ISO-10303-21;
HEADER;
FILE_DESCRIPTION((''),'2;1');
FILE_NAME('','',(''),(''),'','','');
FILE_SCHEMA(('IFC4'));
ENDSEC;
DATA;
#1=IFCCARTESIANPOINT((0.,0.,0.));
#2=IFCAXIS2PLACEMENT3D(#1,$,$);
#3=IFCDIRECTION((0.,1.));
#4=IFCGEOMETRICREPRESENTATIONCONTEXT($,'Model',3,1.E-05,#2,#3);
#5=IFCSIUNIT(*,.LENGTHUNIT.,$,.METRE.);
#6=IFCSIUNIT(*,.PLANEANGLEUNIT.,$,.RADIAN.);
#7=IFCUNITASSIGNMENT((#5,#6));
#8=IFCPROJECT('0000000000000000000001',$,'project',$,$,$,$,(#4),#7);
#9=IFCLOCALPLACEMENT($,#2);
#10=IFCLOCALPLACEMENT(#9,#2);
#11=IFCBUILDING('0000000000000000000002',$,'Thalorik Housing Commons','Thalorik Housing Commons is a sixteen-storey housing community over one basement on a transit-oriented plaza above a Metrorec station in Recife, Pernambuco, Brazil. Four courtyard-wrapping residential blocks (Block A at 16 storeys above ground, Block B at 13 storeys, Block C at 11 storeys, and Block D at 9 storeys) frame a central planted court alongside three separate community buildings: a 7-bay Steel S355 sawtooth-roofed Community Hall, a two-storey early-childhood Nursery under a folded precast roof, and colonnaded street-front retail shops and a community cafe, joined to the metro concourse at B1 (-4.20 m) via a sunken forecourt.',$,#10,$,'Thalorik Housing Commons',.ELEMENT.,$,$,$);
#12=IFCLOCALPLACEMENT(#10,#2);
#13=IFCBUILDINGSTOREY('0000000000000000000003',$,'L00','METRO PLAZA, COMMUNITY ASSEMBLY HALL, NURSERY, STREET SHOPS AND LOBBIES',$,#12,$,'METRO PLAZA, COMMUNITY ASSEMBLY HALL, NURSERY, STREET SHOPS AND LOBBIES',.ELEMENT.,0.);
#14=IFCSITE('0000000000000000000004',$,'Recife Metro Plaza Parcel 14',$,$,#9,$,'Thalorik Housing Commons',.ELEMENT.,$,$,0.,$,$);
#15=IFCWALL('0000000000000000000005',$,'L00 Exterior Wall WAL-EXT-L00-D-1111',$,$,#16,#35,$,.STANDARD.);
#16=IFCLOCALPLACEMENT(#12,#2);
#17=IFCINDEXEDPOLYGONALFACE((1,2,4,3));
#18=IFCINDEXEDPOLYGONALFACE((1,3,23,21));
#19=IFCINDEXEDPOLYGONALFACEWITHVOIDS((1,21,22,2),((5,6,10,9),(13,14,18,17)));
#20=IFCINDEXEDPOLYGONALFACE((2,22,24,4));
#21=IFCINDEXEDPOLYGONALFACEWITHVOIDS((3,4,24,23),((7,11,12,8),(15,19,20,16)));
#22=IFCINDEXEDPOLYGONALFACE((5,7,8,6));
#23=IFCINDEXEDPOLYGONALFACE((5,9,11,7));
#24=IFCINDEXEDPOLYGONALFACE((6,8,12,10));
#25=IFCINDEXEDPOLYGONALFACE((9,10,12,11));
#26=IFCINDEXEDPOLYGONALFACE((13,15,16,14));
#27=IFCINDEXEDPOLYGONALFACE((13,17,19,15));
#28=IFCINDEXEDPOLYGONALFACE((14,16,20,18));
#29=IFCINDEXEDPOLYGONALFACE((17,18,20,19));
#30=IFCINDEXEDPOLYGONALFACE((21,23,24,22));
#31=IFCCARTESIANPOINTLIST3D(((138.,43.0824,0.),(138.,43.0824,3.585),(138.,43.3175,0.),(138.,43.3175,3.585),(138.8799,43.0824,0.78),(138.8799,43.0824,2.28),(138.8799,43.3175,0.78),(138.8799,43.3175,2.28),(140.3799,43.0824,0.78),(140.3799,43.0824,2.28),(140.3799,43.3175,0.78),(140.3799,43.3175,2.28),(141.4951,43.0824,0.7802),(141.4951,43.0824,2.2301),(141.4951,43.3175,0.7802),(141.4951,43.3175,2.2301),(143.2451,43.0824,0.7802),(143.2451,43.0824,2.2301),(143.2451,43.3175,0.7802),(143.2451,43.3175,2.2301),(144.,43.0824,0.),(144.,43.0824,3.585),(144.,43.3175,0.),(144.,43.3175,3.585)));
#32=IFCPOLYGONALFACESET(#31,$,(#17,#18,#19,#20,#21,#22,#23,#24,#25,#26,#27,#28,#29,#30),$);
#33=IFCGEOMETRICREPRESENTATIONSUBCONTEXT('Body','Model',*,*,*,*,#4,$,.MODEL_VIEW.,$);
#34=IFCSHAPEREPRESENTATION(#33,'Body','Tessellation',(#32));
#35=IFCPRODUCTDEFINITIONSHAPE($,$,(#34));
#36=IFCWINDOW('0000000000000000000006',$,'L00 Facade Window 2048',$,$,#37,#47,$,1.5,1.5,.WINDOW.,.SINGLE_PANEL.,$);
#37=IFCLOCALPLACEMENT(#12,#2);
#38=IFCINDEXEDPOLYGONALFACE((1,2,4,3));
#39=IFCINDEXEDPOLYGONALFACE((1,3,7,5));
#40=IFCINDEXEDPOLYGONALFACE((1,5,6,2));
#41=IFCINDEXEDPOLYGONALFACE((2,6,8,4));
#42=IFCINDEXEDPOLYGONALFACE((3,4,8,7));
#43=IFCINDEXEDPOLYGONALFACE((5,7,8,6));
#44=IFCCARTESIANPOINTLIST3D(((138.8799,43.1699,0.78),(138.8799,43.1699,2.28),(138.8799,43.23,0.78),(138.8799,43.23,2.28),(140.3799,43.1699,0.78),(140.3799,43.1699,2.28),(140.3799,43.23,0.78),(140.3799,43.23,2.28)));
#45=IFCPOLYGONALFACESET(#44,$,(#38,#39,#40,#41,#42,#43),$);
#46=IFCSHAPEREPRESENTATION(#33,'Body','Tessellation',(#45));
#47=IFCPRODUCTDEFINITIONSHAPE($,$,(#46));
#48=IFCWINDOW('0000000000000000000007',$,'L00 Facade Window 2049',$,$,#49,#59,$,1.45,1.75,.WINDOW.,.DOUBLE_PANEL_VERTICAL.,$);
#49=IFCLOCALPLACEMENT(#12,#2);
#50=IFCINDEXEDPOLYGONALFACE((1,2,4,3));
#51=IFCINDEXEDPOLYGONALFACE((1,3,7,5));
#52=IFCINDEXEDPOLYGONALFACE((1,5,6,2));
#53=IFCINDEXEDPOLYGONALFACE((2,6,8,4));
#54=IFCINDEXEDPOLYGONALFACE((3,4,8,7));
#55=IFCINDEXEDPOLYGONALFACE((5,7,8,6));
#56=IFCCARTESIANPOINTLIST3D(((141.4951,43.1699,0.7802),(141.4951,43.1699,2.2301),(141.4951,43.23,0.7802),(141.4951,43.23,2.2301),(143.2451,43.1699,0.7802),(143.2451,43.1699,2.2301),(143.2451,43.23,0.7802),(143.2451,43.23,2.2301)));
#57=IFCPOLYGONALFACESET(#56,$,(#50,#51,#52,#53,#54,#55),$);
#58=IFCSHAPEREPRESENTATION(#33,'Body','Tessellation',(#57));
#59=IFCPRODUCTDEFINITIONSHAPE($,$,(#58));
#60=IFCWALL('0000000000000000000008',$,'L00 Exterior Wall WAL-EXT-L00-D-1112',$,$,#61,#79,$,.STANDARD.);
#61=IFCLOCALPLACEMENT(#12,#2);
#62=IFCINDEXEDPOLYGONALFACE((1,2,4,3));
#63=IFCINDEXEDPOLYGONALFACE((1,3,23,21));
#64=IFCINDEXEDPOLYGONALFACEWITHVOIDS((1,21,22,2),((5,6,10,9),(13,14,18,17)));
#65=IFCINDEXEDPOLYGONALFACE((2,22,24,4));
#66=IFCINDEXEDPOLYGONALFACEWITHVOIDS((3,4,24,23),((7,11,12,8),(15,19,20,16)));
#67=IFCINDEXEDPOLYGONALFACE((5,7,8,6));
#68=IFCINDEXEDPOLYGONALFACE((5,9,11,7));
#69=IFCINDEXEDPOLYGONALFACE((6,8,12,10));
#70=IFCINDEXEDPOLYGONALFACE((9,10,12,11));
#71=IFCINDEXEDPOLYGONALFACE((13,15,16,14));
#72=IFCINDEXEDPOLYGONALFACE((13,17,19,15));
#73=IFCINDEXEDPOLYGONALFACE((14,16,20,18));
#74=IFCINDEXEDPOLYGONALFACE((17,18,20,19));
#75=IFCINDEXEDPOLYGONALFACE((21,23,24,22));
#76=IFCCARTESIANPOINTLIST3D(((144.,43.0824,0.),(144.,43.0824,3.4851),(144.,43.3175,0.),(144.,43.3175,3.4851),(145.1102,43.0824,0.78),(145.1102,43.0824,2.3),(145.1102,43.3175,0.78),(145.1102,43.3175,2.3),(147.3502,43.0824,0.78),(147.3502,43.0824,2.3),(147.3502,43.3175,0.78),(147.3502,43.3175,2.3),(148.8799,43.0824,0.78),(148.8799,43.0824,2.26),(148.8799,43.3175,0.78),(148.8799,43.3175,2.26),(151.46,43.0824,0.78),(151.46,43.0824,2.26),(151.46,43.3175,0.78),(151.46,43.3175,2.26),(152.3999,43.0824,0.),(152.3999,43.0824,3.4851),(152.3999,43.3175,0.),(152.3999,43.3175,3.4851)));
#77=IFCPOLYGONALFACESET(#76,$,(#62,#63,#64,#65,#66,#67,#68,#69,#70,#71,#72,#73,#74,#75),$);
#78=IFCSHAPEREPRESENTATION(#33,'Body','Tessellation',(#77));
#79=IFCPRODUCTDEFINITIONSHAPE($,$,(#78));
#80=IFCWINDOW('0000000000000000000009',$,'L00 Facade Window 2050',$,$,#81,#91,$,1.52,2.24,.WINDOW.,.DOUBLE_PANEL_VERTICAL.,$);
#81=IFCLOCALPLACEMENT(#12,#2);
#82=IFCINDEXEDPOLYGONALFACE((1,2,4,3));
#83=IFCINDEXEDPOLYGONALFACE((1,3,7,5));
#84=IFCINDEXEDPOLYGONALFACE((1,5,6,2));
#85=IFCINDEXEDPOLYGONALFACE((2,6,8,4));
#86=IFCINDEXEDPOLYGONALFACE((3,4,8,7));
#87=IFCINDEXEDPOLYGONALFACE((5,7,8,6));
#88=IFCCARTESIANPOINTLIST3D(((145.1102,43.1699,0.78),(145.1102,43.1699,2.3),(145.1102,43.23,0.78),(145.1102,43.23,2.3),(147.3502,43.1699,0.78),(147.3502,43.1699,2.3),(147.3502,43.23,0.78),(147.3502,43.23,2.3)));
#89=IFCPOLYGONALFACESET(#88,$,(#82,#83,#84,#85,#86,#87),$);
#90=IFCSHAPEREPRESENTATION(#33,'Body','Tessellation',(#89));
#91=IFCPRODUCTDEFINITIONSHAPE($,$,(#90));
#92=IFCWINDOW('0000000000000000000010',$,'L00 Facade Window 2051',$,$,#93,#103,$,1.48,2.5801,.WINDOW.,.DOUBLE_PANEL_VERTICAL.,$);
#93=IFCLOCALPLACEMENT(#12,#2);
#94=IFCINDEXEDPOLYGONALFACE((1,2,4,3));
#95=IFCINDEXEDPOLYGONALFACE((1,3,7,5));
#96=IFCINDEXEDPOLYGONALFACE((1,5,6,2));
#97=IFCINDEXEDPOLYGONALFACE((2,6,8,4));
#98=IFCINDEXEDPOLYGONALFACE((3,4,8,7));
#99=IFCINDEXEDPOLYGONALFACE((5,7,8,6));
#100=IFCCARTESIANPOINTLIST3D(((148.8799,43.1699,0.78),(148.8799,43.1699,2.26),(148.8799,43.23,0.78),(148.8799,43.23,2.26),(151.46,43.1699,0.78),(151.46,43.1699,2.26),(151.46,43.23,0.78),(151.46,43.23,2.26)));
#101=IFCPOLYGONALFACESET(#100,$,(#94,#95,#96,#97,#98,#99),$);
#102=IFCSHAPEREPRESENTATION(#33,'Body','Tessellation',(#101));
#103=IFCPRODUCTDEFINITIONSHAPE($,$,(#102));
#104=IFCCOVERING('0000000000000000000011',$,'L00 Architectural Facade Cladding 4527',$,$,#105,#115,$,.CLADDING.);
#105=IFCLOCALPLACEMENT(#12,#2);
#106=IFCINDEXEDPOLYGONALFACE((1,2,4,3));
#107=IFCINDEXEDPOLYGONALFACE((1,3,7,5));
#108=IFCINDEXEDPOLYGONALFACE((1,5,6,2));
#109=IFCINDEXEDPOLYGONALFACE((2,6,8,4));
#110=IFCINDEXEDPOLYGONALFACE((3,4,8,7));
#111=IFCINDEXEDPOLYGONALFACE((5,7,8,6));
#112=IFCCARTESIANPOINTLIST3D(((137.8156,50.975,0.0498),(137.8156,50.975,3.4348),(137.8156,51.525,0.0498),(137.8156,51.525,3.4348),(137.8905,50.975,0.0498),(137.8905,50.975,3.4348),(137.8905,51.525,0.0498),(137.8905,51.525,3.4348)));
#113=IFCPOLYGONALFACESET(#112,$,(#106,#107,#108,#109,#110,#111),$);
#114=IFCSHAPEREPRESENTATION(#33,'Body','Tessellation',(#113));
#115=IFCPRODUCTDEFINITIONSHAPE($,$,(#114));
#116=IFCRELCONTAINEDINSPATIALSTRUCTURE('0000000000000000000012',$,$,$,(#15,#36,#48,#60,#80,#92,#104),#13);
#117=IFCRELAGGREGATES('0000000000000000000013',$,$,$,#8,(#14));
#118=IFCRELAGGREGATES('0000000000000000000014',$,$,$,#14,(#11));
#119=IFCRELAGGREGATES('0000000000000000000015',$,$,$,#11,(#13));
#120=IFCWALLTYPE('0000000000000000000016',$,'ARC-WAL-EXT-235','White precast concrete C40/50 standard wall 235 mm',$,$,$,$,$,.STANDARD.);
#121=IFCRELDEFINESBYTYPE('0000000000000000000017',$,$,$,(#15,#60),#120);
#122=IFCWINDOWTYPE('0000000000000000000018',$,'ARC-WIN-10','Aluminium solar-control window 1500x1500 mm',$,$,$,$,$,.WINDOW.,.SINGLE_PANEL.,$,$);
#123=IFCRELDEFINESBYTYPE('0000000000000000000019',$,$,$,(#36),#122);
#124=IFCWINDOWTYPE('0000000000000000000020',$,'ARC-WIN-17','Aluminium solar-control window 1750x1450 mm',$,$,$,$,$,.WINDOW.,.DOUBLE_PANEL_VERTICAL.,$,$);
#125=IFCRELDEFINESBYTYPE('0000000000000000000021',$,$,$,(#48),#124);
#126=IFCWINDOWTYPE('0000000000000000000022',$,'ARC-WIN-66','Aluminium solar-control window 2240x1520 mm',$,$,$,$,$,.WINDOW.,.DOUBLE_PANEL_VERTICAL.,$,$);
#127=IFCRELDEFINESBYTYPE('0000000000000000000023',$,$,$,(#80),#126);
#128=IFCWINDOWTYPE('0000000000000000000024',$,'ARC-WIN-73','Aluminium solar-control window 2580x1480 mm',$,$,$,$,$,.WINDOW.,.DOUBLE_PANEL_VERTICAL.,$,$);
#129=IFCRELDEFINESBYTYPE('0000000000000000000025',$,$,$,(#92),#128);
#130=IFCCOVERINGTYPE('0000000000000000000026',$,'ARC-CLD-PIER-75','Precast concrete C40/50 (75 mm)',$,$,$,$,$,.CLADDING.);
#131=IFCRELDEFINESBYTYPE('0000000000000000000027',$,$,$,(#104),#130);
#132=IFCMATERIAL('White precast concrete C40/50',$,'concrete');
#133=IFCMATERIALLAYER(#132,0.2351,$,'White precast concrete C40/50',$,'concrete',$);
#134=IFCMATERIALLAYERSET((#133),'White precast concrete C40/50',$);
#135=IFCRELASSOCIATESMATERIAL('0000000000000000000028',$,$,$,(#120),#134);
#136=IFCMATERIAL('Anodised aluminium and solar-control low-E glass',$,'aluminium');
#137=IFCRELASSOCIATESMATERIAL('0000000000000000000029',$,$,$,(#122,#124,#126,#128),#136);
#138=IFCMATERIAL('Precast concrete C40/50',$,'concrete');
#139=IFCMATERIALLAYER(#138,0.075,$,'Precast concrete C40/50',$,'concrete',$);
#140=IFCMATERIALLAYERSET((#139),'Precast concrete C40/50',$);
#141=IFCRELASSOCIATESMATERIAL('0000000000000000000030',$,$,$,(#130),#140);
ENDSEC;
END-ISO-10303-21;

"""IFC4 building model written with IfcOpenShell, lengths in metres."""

from ifc_helpers import new_model, si_unit, direction, frame, frame_2d, origin, origin_2d, place, context, subcontext, project, spatial, rectangle, extrude, material, layer, layer_set, type_object, element, fill, save


model = new_model("IFC4")

# Units and contexts
model_context = context("Model", 3, precision=1e-05, world=origin(), true_north=direction((0.0, 1.0)))
body_context = subcontext(model_context, "Body", "Model", "MODEL_VIEW")
ifc_project = project(units=[si_unit("LENGTHUNIT", "METRE"), si_unit("PLANEANGLEUNIT", "RADIAN")], contexts=[model_context])

# Site, building, storey
site_placement = place(None, origin())
site = spatial("IfcSite", under=ifc_project, at=site_placement, Name="Recife Metro Plaza Parcel 14", LongName="Thalorik Housing Commons", CompositionType="ELEMENT", RefElevation=0.0)
building_placement = place(site_placement, origin())
building = spatial("IfcBuilding", under=site, at=building_placement, Name="Thalorik Housing Commons", Description="Thalorik Housing Commons is a sixteen-storey housing community over one basement on a transit-oriented plaza above a Metrorec station in Recife, Pernambuco, Brazil. Four courtyard-wrapping residential blocks (Block A at 16 storeys above ground, Block B at 13 storeys, Block C at 11 storeys, and Block D at 9 storeys) frame a central planted court alongside three separate community buildings: a 7-bay Steel S355 sawtooth-roofed Community Hall, a two-storey early-childhood Nursery under a folded precast roof, and colonnaded street-front retail shops and a community cafe, joined to the metro concourse at B1 (-4.20 m) via a sunken forecourt.", LongName="Thalorik Housing Commons", CompositionType="ELEMENT")
storey_placement = place(building_placement, origin())
storey = spatial("IfcBuildingStorey", under=building, at=storey_placement, Name="L00", Description="METRO PLAZA, COMMUNITY ASSEMBLY HALL, NURSERY, STREET SHOPS AND LOBBIES", LongName="METRO PLAZA, COMMUNITY ASSEMBLY HALL, NURSERY, STREET SHOPS AND LOBBIES", CompositionType="ELEMENT", Elevation=0.0)

# Shared definitions
ifc_material_1 = material(Name="Precast concrete C40/50", Category="concrete")

# Walls, openings, windows
ifc_material_2 = material(Name="White precast concrete C40/50", Category="concrete")
ifc_layer_1 = layer(ifc_material_2, 0.2351, Name="White precast concrete C40/50", Category="concrete")
ifc_layer_set_1 = layer_set([ifc_layer_1], Name="White precast concrete C40/50")
wall_type = type_object("IfcWallType", Name="ARC-WAL-EXT-235", Description="White precast concrete C40/50 standard wall 235 mm", PredefinedType="STANDARD", material=ifc_layer_set_1)
ifc_material_3 = material(Name="Anodised aluminium and solar-control low-E glass", Category="aluminium")
wall_1_placement = place(storey_placement, frame((138.0, 43.2, 0.0), z_axis=(0.0, 0.0, 1.0), x_axis=(1.0, 0.0, 0.0)))
wall_1 = element("IfcWall", 1, at=wall_1_placement, inside=storey, type_object=wall_type, Name="L00 Exterior Wall WAL-EXT-L00-D-1111", PredefinedType="STANDARD", context=body_context, shape_type="SweptSolid", body=[
    extrude(rectangle(XDim=6.0, YDim=0.2351, at=frame_2d((3.0, 0.0))), origin(), (0.0, 0.0, 1.0), 3.585),
])
opening_1_placement = place(wall_1_placement, frame((0.8799, 0.0, 0.78)))
opening_1 = element("IfcOpeningElement", 2, at=opening_1_placement, cuts=wall_1, PredefinedType="OPENING", context=body_context, shape_type="SweptSolid", body=[
    extrude(rectangle(XDim=1.5, YDim=1.5, at=frame_2d((0.75, 0.75))), frame((0.0, 0.1274, 0.0), z_axis=(0.0, -1.0, 0.0), x_axis=(1.0, 0.0, 0.0)), (0.0, 0.0, 1.0), 0.2551),
])
opening_2_placement = place(wall_1_placement, frame((3.4951, 0.0, 0.78)))
opening_2 = element("IfcOpeningElement", 3, at=opening_2_placement, cuts=wall_1, PredefinedType="OPENING", context=body_context, shape_type="SweptSolid", body=[
    extrude(rectangle(XDim=1.75, YDim=1.45, at=frame_2d((0.875, 0.7251))), frame((0.0, 0.1274, 0.0), z_axis=(0.0, -1.0, 0.0), x_axis=(1.0, 0.0, 0.0)), (0.0, 0.0, 1.0), 0.2551),
])
window_type_1 = type_object("IfcWindowType", Name="ARC-WIN-10", Description="Aluminium solar-control window 1500x1500 mm", PartitioningType="SINGLE_PANEL", PredefinedType="WINDOW", material=ifc_material_3)
window_1_placement = place(opening_1_placement, origin())
window_1 = element("IfcWindow", 4, at=window_1_placement, inside=storey, type_object=window_type_1, Name="L00 Facade Window 2048", OverallHeight=1.5, OverallWidth=1.5, PartitioningType="SINGLE_PANEL", PredefinedType="WINDOW", context=body_context, shape_type="SweptSolid", body=[
    extrude(rectangle(XDim=1.5, YDim=1.5, at=frame_2d((0.75, 0.75))), frame((0.0, 0.03, 0.0), z_axis=(0.0, -1.0, 0.0), x_axis=(1.0, 0.0, 0.0)), (0.0, 0.0, 1.0), 0.0601),
])
fill(opening_1, window_1)
window_type_2 = type_object("IfcWindowType", Name="ARC-WIN-17", Description="Aluminium solar-control window 1750x1450 mm", PartitioningType="DOUBLE_PANEL_VERTICAL", PredefinedType="WINDOW", material=ifc_material_3)
window_2_placement = place(opening_2_placement, origin())
window_2 = element("IfcWindow", 5, at=window_2_placement, inside=storey, type_object=window_type_2, Name="L00 Facade Window 2049", OverallHeight=1.45, OverallWidth=1.75, PartitioningType="DOUBLE_PANEL_VERTICAL", PredefinedType="WINDOW", context=body_context, shape_type="SweptSolid", body=[
    extrude(rectangle(XDim=1.75, YDim=1.45, at=frame_2d((0.875, 0.7251))), frame((0.0, 0.03, 0.0), z_axis=(0.0, -1.0, 0.0), x_axis=(1.0, 0.0, 0.0)), (0.0, 0.0, 1.0), 0.0601),
])
fill(opening_2, window_2)
wall_2_placement = place(storey_placement, frame((144.0, 43.2, 0.0), z_axis=(0.0, 0.0, 1.0), x_axis=(1.0, 0.0, 0.0)))
wall_2 = element("IfcWall", 6, at=wall_2_placement, inside=storey, type_object=wall_type, Name="L00 Exterior Wall WAL-EXT-L00-D-1112", PredefinedType="STANDARD", context=body_context, shape_type="SweptSolid", body=[
    extrude(rectangle(XDim=8.3999, YDim=0.2351, at=frame_2d((4.2, 0.0))), origin(), (0.0, 0.0, 1.0), 3.4851),
])
opening_3_placement = place(wall_2_placement, frame((1.1101, 0.0, 0.78)))
opening_3 = element("IfcOpeningElement", 7, at=opening_3_placement, cuts=wall_2, PredefinedType="OPENING", context=body_context, shape_type="SweptSolid", body=[
    extrude(rectangle(XDim=2.24, YDim=1.52, at=frame_2d((1.1201, 0.76))), frame((0.0, 0.1274, 0.0), z_axis=(0.0, -1.0, 0.0), x_axis=(1.0, 0.0, 0.0)), (0.0, 0.0, 1.0), 0.2551),
])
opening_4_placement = place(wall_2_placement, frame((4.8799, 0.0, 0.78)))
opening_4 = element("IfcOpeningElement", 8, at=opening_4_placement, cuts=wall_2, PredefinedType="OPENING", context=body_context, shape_type="SweptSolid", body=[
    extrude(rectangle(XDim=2.5801, YDim=1.48, at=frame_2d((1.29, 0.74))), frame((0.0, 0.1274, 0.0), z_axis=(0.0, -1.0, 0.0), x_axis=(1.0, 0.0, 0.0)), (0.0, 0.0, 1.0), 0.2551),
])
window_type_3 = type_object("IfcWindowType", Name="ARC-WIN-66", Description="Aluminium solar-control window 2240x1520 mm", PartitioningType="DOUBLE_PANEL_VERTICAL", PredefinedType="WINDOW", material=ifc_material_3)
window_3_placement = place(opening_3_placement, origin())
window_3 = element("IfcWindow", 9, at=window_3_placement, inside=storey, type_object=window_type_3, Name="L00 Facade Window 2050", OverallHeight=1.52, OverallWidth=2.24, PartitioningType="DOUBLE_PANEL_VERTICAL", PredefinedType="WINDOW", context=body_context, shape_type="SweptSolid", body=[
    extrude(rectangle(XDim=2.24, YDim=1.52, at=frame_2d((1.1201, 0.76))), frame((0.0, 0.03, 0.0), z_axis=(0.0, -1.0, 0.0), x_axis=(1.0, 0.0, 0.0)), (0.0, 0.0, 1.0), 0.0601),
])
fill(opening_3, window_3)
window_type_4 = type_object("IfcWindowType", Name="ARC-WIN-73", Description="Aluminium solar-control window 2580x1480 mm", PartitioningType="DOUBLE_PANEL_VERTICAL", PredefinedType="WINDOW", material=ifc_material_3)
window_4_placement = place(opening_4_placement, origin())
window_4 = element("IfcWindow", 10, at=window_4_placement, inside=storey, type_object=window_type_4, Name="L00 Facade Window 2051", OverallHeight=1.48, OverallWidth=2.5801, PartitioningType="DOUBLE_PANEL_VERTICAL", PredefinedType="WINDOW", context=body_context, shape_type="SweptSolid", body=[
    extrude(rectangle(XDim=2.5801, YDim=1.48, at=frame_2d((1.29, 0.74))), frame((0.0, 0.03, 0.0), z_axis=(0.0, -1.0, 0.0), x_axis=(1.0, 0.0, 0.0)), (0.0, 0.0, 1.0), 0.0601),
])
fill(opening_4, window_4)

# Covering
ifc_layer_2 = layer(ifc_material_1, 0.075, Name="Precast concrete C40/50", Category="concrete")
ifc_layer_set_2 = layer_set([ifc_layer_2], Name="Precast concrete C40/50")
covering_type = type_object("IfcCoveringType", Name="ARC-CLD-PIER-75", Description="Precast concrete C40/50 (75 mm)", PredefinedType="CLADDING", material=ifc_layer_set_2)
covering_placement = place(storey_placement, frame((137.853, 51.25, 0.0498), z_axis=(0.0, 0.0, 1.0), x_axis=(0.0, -1.0, 0.0)))
element("IfcCovering", 11, at=covering_placement, inside=storey, type_object=covering_type, Name="L00 Architectural Facade Cladding 4527", PredefinedType="CLADDING", context=body_context, shape_type="SweptSolid", body=[
    extrude(rectangle(XDim=0.55, YDim=0.075, at=origin_2d()), origin(), (0.0, 0.0, 1.0), 3.385),
])

save(model, "model.ifc")
